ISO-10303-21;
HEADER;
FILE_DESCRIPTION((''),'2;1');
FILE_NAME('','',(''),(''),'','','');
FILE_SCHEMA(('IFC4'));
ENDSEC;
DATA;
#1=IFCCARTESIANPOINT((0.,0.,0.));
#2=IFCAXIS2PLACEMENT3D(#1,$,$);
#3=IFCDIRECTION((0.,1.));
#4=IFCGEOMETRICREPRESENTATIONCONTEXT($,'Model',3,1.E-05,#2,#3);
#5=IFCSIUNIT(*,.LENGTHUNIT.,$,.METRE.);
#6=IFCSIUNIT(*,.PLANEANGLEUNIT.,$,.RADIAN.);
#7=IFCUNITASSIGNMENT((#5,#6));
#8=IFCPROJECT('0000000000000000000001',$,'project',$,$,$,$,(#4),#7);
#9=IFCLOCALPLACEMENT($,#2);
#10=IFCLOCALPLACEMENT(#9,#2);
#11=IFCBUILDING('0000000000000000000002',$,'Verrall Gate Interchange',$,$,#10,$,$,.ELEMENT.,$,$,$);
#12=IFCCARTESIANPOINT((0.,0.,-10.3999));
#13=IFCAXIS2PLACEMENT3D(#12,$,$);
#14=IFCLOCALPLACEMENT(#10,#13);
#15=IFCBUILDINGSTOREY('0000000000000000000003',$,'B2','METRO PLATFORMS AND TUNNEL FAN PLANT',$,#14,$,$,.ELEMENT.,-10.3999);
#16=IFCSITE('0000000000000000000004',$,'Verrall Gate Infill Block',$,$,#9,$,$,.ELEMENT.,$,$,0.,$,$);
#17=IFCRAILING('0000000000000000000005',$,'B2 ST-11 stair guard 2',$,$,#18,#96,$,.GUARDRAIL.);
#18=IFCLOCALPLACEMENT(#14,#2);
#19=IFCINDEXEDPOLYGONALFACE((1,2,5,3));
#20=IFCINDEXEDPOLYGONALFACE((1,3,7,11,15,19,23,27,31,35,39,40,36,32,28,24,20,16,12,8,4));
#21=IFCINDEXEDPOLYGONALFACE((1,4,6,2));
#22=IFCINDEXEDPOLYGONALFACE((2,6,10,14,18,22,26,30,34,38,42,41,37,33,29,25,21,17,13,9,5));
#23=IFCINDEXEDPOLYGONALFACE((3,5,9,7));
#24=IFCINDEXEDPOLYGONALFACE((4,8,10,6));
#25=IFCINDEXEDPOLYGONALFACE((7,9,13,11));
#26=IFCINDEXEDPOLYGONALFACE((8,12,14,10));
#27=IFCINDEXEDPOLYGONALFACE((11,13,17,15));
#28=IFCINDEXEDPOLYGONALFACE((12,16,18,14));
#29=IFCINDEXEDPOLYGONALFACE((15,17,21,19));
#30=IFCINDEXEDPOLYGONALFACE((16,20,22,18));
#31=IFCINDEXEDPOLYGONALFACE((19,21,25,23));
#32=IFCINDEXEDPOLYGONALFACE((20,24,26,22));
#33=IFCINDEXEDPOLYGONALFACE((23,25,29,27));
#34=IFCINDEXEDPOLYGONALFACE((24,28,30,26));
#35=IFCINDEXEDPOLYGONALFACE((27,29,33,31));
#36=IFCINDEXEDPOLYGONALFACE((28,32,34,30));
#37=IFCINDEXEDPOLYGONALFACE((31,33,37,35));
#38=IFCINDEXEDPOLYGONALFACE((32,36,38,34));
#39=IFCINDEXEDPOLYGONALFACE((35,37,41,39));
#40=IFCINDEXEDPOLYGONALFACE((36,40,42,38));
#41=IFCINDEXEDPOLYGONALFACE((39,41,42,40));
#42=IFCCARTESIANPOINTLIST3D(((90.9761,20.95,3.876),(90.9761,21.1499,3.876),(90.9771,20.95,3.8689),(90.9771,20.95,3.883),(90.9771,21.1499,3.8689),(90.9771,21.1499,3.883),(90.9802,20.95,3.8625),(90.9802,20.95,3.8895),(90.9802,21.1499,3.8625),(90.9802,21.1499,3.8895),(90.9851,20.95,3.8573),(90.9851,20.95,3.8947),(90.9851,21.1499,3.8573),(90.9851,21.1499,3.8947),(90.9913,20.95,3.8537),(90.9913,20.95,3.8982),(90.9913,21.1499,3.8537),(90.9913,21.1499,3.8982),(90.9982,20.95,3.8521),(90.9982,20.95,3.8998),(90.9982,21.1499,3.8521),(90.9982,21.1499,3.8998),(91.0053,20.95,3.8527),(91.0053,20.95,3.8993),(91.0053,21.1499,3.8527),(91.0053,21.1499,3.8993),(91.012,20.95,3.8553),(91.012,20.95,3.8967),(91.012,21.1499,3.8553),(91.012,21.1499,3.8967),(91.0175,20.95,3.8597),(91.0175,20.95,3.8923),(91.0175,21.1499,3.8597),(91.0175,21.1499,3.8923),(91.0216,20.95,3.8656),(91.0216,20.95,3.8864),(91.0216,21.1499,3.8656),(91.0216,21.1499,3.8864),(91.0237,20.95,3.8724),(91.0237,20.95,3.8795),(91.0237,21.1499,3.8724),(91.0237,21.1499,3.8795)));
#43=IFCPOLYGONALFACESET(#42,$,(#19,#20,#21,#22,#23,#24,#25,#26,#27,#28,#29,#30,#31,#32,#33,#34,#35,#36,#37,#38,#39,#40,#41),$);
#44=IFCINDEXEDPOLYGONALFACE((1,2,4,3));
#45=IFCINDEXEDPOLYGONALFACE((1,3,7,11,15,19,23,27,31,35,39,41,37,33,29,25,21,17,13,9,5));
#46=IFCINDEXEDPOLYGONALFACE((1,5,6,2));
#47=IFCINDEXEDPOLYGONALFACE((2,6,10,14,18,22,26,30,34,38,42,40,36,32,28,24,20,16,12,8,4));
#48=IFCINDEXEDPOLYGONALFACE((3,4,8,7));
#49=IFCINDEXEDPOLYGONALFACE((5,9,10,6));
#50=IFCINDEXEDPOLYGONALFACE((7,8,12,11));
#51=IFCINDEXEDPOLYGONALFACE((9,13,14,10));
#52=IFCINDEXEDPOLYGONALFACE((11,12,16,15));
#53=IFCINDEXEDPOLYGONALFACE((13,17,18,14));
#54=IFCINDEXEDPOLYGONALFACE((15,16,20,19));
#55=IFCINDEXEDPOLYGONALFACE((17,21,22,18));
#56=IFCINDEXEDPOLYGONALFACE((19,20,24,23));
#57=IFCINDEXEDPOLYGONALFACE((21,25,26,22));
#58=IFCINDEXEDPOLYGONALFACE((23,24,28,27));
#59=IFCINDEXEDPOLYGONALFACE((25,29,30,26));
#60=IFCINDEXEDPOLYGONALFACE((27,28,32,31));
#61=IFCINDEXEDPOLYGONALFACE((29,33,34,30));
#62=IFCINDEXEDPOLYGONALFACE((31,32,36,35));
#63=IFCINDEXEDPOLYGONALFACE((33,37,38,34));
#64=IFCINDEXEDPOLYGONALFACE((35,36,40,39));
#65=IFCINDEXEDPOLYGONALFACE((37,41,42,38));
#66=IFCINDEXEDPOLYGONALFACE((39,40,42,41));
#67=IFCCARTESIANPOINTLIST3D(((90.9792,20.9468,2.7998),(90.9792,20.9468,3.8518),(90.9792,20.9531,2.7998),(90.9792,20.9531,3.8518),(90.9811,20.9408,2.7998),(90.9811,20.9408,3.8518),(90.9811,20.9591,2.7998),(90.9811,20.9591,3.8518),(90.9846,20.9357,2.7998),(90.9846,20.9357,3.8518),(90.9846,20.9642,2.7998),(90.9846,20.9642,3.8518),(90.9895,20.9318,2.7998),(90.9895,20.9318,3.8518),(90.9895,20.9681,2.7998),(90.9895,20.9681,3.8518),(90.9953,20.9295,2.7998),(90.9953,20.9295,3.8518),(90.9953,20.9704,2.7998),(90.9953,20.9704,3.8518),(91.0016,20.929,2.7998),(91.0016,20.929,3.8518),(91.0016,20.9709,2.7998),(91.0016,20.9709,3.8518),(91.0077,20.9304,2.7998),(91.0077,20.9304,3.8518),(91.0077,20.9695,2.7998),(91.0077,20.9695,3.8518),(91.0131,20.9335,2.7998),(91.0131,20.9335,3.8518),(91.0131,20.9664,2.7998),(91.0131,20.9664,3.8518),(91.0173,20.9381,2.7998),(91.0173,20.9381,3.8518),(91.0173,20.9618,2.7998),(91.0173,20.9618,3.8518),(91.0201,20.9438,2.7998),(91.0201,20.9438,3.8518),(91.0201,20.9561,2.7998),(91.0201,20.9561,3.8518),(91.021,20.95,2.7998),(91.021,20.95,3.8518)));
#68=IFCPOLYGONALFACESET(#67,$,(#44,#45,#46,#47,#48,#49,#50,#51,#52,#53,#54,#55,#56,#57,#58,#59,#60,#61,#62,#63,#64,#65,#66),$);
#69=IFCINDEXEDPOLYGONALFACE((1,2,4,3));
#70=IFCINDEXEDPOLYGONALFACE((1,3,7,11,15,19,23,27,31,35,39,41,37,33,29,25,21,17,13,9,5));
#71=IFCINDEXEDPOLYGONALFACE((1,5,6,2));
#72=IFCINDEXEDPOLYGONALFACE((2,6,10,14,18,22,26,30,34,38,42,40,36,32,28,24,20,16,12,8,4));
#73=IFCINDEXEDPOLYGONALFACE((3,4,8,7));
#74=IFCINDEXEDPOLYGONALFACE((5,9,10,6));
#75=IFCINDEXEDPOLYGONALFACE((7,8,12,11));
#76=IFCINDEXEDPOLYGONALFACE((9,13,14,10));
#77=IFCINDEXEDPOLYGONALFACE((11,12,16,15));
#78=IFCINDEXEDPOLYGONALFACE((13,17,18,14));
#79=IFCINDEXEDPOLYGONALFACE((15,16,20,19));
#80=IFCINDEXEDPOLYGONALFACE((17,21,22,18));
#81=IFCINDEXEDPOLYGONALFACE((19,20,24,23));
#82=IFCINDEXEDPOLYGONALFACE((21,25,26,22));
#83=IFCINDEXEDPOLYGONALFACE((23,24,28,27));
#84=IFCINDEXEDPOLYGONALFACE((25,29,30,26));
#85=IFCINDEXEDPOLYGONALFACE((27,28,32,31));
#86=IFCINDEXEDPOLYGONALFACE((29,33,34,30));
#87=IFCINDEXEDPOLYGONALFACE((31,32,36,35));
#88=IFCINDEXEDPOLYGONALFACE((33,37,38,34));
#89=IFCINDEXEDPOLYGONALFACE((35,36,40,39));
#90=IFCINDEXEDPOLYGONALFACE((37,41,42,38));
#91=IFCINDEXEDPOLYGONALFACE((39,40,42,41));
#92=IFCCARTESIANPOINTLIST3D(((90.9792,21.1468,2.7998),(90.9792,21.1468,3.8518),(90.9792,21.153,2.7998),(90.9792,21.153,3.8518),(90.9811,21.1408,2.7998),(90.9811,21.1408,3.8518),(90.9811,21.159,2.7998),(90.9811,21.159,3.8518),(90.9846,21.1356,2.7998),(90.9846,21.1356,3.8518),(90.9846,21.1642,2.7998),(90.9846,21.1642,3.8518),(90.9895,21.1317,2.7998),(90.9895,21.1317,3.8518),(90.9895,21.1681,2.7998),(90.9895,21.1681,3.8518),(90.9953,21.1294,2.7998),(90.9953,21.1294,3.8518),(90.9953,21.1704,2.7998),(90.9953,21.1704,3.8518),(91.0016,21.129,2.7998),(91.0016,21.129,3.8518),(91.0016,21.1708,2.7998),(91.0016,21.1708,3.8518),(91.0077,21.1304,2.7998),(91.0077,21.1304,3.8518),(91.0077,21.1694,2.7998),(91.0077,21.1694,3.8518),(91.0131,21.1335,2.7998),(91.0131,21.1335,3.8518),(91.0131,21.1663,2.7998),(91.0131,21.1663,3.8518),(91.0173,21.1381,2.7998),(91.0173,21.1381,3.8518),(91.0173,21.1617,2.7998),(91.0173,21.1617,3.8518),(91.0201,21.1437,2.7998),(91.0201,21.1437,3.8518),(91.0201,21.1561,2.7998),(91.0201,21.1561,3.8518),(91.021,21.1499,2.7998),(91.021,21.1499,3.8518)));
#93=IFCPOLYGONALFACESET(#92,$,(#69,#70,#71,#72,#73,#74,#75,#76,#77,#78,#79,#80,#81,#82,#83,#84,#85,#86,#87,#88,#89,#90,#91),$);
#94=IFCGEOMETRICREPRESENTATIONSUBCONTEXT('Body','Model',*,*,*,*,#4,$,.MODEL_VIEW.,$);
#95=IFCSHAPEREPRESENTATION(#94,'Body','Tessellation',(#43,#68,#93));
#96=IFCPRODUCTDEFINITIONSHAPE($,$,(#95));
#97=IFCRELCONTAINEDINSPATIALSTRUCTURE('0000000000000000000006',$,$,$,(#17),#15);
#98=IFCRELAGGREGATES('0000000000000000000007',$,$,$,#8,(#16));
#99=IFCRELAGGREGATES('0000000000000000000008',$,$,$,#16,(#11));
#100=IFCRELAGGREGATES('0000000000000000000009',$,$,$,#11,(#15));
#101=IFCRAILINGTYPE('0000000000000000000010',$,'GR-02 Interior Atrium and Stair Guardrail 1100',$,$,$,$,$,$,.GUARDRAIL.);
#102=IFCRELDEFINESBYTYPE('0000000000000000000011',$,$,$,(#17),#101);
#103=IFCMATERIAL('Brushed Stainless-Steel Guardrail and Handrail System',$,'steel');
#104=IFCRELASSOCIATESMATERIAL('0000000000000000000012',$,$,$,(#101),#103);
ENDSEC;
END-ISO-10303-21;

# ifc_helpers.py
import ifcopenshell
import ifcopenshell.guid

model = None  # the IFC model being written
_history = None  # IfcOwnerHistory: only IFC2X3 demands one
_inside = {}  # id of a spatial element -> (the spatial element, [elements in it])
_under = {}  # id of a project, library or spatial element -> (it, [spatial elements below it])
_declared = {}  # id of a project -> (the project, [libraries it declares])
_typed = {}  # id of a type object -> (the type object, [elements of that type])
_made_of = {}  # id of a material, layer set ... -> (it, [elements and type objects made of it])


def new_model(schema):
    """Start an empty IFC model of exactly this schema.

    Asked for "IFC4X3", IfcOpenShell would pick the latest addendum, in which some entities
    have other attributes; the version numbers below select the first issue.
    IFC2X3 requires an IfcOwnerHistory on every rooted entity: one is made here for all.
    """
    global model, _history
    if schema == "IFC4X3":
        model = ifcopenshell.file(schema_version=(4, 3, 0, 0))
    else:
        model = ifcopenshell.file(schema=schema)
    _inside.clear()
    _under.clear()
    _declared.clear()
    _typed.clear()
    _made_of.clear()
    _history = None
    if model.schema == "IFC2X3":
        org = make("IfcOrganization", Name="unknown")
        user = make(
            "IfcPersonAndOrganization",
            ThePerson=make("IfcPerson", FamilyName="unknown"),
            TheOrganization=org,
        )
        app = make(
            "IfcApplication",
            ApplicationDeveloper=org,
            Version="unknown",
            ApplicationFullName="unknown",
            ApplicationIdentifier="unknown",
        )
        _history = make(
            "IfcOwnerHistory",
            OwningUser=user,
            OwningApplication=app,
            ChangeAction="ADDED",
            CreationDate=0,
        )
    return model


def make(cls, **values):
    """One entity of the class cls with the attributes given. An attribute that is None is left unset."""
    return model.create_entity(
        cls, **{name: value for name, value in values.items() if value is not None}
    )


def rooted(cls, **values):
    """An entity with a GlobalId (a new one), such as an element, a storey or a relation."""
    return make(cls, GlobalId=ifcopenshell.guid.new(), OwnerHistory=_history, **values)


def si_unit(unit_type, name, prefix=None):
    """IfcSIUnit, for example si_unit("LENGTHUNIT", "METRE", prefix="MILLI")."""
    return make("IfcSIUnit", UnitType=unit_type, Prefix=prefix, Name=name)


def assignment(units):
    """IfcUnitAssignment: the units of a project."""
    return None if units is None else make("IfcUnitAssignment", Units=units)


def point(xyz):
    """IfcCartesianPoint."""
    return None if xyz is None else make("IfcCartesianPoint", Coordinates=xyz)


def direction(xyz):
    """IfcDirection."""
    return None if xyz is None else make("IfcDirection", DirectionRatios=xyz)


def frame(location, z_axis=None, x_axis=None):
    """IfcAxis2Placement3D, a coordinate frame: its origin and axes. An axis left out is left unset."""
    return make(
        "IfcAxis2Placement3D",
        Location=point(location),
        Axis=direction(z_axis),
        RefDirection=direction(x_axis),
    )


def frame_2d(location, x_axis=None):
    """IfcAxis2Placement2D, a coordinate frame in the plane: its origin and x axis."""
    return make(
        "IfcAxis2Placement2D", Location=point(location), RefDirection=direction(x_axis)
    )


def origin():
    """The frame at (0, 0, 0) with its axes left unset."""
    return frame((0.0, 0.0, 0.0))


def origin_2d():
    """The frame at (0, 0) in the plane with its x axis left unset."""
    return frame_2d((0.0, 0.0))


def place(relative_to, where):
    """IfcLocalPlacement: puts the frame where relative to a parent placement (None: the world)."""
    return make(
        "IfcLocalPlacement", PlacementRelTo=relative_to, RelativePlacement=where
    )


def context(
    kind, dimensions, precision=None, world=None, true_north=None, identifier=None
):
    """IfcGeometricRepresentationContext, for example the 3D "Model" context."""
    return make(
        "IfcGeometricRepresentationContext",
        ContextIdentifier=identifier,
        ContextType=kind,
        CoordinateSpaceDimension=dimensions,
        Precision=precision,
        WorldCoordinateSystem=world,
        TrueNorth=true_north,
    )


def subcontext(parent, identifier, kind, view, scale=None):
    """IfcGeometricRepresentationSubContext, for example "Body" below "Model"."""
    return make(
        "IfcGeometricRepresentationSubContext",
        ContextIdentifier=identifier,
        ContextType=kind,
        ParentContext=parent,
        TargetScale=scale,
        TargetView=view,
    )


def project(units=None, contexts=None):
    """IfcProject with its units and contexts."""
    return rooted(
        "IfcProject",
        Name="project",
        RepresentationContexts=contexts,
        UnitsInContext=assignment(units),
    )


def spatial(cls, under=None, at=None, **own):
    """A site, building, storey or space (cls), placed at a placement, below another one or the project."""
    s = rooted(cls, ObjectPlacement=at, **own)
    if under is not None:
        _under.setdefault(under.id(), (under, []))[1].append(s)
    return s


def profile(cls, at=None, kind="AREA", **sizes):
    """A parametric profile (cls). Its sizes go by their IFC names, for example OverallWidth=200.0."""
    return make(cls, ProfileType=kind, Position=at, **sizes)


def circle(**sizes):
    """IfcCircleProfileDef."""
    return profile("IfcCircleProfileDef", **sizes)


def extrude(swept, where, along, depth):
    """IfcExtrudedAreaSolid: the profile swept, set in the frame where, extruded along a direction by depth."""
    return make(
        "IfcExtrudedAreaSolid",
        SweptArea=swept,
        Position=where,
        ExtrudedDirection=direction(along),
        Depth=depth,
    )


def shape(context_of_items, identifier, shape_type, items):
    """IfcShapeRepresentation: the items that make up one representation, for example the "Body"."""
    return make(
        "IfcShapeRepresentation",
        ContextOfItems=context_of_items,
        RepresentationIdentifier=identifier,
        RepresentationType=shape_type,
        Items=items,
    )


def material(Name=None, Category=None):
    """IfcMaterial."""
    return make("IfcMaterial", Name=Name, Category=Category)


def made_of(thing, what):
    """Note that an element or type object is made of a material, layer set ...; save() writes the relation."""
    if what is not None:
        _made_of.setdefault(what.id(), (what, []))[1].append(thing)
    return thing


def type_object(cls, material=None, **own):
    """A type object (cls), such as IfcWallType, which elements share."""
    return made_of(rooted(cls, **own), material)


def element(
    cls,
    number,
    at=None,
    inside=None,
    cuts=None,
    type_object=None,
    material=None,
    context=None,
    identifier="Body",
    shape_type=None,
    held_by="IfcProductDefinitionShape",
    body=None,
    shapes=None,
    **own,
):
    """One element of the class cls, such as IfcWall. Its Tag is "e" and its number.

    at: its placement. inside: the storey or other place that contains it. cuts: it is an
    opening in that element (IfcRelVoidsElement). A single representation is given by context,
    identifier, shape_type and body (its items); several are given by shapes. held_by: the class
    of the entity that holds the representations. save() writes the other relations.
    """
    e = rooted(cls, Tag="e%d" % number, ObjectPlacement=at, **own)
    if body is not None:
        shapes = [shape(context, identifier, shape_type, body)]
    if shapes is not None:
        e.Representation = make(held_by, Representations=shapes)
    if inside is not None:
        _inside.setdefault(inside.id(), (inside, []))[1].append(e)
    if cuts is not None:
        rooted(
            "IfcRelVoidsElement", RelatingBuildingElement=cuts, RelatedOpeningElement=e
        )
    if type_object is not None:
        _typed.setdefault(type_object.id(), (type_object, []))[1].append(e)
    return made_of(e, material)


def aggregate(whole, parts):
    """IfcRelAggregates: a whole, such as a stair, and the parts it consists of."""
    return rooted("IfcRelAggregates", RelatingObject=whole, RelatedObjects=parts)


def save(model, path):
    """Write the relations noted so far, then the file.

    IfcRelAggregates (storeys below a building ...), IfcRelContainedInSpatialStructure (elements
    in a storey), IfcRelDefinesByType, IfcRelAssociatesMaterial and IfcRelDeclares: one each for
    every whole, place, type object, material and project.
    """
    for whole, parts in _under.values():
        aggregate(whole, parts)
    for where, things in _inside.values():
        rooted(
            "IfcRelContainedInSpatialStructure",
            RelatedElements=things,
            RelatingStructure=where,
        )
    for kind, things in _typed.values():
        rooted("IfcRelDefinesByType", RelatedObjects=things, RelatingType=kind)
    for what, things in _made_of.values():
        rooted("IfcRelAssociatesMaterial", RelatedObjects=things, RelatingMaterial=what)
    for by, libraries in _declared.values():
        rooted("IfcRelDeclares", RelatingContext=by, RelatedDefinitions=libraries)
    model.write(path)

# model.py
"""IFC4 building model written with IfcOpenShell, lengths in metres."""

from ifc_helpers import new_model, si_unit, direction, frame, origin, origin_2d, place, context, subcontext, project, spatial, circle, extrude, material, type_object, element, save


model = new_model("IFC4")

# Units and contexts
model_context = context("Model", 3, precision=1e-05, world=origin(), true_north=direction((0.0, 1.0)))
body_context = subcontext(model_context, "Body", "Model", "MODEL_VIEW")
ifc_project = project(units=[si_unit("LENGTHUNIT", "METRE"), si_unit("PLANEANGLEUNIT", "RADIAN")], contexts=[model_context])

# Site, building, storey
site_placement = place(None, origin())
site = spatial("IfcSite", under=ifc_project, at=site_placement, Name="Verrall Gate Infill Block", CompositionType="ELEMENT", RefElevation=0.0)
building_placement = place(site_placement, origin())
building = spatial("IfcBuilding", under=site, at=building_placement, Name="Verrall Gate Interchange", CompositionType="ELEMENT")
storey_placement = place(building_placement, frame((0.0, 0.0, -10.3999)))
storey = spatial("IfcBuildingStorey", under=building, at=storey_placement, Name="B2", Description="METRO PLATFORMS AND TUNNEL FAN PLANT", CompositionType="ELEMENT", Elevation=-10.3999)

# Railing
ifc_material_1 = material(Name="Brushed Stainless-Steel Guardrail and Handrail System", Category="steel")
railing_type_1 = type_object("IfcRailingType", Name="GR-02 Interior Atrium and Stair Guardrail 1100", PredefinedType="GUARDRAIL", material=ifc_material_1)
railing_1_placement = place(storey_placement, frame((91.0, 20.95, 2.7998)))
element("IfcRailing", 1, at=railing_1_placement, inside=storey, type_object=railing_type_1, Name="B2 ST-11 stair guard 2", PredefinedType="GUARDRAIL", context=body_context, shape_type="SweptSolid", body=[
    extrude(circle(Radius=0.0239, at=origin_2d()), frame((0.0, 0.0, 1.0762), z_axis=(0.0, 1.0, 0.0), x_axis=(-1.0, 0.0, 0.0)), (0.0, 0.0, 1.0), 0.2),
    extrude(circle(Radius=0.021, at=origin_2d()), origin(), (0.0, 0.0, 1.0), 1.052),
    extrude(circle(Radius=0.021, at=origin_2d()), frame((0.0, 0.2, 0.0)), (0.0, 0.0, 1.0), 1.052),
])

save(model, "model.ifc")
